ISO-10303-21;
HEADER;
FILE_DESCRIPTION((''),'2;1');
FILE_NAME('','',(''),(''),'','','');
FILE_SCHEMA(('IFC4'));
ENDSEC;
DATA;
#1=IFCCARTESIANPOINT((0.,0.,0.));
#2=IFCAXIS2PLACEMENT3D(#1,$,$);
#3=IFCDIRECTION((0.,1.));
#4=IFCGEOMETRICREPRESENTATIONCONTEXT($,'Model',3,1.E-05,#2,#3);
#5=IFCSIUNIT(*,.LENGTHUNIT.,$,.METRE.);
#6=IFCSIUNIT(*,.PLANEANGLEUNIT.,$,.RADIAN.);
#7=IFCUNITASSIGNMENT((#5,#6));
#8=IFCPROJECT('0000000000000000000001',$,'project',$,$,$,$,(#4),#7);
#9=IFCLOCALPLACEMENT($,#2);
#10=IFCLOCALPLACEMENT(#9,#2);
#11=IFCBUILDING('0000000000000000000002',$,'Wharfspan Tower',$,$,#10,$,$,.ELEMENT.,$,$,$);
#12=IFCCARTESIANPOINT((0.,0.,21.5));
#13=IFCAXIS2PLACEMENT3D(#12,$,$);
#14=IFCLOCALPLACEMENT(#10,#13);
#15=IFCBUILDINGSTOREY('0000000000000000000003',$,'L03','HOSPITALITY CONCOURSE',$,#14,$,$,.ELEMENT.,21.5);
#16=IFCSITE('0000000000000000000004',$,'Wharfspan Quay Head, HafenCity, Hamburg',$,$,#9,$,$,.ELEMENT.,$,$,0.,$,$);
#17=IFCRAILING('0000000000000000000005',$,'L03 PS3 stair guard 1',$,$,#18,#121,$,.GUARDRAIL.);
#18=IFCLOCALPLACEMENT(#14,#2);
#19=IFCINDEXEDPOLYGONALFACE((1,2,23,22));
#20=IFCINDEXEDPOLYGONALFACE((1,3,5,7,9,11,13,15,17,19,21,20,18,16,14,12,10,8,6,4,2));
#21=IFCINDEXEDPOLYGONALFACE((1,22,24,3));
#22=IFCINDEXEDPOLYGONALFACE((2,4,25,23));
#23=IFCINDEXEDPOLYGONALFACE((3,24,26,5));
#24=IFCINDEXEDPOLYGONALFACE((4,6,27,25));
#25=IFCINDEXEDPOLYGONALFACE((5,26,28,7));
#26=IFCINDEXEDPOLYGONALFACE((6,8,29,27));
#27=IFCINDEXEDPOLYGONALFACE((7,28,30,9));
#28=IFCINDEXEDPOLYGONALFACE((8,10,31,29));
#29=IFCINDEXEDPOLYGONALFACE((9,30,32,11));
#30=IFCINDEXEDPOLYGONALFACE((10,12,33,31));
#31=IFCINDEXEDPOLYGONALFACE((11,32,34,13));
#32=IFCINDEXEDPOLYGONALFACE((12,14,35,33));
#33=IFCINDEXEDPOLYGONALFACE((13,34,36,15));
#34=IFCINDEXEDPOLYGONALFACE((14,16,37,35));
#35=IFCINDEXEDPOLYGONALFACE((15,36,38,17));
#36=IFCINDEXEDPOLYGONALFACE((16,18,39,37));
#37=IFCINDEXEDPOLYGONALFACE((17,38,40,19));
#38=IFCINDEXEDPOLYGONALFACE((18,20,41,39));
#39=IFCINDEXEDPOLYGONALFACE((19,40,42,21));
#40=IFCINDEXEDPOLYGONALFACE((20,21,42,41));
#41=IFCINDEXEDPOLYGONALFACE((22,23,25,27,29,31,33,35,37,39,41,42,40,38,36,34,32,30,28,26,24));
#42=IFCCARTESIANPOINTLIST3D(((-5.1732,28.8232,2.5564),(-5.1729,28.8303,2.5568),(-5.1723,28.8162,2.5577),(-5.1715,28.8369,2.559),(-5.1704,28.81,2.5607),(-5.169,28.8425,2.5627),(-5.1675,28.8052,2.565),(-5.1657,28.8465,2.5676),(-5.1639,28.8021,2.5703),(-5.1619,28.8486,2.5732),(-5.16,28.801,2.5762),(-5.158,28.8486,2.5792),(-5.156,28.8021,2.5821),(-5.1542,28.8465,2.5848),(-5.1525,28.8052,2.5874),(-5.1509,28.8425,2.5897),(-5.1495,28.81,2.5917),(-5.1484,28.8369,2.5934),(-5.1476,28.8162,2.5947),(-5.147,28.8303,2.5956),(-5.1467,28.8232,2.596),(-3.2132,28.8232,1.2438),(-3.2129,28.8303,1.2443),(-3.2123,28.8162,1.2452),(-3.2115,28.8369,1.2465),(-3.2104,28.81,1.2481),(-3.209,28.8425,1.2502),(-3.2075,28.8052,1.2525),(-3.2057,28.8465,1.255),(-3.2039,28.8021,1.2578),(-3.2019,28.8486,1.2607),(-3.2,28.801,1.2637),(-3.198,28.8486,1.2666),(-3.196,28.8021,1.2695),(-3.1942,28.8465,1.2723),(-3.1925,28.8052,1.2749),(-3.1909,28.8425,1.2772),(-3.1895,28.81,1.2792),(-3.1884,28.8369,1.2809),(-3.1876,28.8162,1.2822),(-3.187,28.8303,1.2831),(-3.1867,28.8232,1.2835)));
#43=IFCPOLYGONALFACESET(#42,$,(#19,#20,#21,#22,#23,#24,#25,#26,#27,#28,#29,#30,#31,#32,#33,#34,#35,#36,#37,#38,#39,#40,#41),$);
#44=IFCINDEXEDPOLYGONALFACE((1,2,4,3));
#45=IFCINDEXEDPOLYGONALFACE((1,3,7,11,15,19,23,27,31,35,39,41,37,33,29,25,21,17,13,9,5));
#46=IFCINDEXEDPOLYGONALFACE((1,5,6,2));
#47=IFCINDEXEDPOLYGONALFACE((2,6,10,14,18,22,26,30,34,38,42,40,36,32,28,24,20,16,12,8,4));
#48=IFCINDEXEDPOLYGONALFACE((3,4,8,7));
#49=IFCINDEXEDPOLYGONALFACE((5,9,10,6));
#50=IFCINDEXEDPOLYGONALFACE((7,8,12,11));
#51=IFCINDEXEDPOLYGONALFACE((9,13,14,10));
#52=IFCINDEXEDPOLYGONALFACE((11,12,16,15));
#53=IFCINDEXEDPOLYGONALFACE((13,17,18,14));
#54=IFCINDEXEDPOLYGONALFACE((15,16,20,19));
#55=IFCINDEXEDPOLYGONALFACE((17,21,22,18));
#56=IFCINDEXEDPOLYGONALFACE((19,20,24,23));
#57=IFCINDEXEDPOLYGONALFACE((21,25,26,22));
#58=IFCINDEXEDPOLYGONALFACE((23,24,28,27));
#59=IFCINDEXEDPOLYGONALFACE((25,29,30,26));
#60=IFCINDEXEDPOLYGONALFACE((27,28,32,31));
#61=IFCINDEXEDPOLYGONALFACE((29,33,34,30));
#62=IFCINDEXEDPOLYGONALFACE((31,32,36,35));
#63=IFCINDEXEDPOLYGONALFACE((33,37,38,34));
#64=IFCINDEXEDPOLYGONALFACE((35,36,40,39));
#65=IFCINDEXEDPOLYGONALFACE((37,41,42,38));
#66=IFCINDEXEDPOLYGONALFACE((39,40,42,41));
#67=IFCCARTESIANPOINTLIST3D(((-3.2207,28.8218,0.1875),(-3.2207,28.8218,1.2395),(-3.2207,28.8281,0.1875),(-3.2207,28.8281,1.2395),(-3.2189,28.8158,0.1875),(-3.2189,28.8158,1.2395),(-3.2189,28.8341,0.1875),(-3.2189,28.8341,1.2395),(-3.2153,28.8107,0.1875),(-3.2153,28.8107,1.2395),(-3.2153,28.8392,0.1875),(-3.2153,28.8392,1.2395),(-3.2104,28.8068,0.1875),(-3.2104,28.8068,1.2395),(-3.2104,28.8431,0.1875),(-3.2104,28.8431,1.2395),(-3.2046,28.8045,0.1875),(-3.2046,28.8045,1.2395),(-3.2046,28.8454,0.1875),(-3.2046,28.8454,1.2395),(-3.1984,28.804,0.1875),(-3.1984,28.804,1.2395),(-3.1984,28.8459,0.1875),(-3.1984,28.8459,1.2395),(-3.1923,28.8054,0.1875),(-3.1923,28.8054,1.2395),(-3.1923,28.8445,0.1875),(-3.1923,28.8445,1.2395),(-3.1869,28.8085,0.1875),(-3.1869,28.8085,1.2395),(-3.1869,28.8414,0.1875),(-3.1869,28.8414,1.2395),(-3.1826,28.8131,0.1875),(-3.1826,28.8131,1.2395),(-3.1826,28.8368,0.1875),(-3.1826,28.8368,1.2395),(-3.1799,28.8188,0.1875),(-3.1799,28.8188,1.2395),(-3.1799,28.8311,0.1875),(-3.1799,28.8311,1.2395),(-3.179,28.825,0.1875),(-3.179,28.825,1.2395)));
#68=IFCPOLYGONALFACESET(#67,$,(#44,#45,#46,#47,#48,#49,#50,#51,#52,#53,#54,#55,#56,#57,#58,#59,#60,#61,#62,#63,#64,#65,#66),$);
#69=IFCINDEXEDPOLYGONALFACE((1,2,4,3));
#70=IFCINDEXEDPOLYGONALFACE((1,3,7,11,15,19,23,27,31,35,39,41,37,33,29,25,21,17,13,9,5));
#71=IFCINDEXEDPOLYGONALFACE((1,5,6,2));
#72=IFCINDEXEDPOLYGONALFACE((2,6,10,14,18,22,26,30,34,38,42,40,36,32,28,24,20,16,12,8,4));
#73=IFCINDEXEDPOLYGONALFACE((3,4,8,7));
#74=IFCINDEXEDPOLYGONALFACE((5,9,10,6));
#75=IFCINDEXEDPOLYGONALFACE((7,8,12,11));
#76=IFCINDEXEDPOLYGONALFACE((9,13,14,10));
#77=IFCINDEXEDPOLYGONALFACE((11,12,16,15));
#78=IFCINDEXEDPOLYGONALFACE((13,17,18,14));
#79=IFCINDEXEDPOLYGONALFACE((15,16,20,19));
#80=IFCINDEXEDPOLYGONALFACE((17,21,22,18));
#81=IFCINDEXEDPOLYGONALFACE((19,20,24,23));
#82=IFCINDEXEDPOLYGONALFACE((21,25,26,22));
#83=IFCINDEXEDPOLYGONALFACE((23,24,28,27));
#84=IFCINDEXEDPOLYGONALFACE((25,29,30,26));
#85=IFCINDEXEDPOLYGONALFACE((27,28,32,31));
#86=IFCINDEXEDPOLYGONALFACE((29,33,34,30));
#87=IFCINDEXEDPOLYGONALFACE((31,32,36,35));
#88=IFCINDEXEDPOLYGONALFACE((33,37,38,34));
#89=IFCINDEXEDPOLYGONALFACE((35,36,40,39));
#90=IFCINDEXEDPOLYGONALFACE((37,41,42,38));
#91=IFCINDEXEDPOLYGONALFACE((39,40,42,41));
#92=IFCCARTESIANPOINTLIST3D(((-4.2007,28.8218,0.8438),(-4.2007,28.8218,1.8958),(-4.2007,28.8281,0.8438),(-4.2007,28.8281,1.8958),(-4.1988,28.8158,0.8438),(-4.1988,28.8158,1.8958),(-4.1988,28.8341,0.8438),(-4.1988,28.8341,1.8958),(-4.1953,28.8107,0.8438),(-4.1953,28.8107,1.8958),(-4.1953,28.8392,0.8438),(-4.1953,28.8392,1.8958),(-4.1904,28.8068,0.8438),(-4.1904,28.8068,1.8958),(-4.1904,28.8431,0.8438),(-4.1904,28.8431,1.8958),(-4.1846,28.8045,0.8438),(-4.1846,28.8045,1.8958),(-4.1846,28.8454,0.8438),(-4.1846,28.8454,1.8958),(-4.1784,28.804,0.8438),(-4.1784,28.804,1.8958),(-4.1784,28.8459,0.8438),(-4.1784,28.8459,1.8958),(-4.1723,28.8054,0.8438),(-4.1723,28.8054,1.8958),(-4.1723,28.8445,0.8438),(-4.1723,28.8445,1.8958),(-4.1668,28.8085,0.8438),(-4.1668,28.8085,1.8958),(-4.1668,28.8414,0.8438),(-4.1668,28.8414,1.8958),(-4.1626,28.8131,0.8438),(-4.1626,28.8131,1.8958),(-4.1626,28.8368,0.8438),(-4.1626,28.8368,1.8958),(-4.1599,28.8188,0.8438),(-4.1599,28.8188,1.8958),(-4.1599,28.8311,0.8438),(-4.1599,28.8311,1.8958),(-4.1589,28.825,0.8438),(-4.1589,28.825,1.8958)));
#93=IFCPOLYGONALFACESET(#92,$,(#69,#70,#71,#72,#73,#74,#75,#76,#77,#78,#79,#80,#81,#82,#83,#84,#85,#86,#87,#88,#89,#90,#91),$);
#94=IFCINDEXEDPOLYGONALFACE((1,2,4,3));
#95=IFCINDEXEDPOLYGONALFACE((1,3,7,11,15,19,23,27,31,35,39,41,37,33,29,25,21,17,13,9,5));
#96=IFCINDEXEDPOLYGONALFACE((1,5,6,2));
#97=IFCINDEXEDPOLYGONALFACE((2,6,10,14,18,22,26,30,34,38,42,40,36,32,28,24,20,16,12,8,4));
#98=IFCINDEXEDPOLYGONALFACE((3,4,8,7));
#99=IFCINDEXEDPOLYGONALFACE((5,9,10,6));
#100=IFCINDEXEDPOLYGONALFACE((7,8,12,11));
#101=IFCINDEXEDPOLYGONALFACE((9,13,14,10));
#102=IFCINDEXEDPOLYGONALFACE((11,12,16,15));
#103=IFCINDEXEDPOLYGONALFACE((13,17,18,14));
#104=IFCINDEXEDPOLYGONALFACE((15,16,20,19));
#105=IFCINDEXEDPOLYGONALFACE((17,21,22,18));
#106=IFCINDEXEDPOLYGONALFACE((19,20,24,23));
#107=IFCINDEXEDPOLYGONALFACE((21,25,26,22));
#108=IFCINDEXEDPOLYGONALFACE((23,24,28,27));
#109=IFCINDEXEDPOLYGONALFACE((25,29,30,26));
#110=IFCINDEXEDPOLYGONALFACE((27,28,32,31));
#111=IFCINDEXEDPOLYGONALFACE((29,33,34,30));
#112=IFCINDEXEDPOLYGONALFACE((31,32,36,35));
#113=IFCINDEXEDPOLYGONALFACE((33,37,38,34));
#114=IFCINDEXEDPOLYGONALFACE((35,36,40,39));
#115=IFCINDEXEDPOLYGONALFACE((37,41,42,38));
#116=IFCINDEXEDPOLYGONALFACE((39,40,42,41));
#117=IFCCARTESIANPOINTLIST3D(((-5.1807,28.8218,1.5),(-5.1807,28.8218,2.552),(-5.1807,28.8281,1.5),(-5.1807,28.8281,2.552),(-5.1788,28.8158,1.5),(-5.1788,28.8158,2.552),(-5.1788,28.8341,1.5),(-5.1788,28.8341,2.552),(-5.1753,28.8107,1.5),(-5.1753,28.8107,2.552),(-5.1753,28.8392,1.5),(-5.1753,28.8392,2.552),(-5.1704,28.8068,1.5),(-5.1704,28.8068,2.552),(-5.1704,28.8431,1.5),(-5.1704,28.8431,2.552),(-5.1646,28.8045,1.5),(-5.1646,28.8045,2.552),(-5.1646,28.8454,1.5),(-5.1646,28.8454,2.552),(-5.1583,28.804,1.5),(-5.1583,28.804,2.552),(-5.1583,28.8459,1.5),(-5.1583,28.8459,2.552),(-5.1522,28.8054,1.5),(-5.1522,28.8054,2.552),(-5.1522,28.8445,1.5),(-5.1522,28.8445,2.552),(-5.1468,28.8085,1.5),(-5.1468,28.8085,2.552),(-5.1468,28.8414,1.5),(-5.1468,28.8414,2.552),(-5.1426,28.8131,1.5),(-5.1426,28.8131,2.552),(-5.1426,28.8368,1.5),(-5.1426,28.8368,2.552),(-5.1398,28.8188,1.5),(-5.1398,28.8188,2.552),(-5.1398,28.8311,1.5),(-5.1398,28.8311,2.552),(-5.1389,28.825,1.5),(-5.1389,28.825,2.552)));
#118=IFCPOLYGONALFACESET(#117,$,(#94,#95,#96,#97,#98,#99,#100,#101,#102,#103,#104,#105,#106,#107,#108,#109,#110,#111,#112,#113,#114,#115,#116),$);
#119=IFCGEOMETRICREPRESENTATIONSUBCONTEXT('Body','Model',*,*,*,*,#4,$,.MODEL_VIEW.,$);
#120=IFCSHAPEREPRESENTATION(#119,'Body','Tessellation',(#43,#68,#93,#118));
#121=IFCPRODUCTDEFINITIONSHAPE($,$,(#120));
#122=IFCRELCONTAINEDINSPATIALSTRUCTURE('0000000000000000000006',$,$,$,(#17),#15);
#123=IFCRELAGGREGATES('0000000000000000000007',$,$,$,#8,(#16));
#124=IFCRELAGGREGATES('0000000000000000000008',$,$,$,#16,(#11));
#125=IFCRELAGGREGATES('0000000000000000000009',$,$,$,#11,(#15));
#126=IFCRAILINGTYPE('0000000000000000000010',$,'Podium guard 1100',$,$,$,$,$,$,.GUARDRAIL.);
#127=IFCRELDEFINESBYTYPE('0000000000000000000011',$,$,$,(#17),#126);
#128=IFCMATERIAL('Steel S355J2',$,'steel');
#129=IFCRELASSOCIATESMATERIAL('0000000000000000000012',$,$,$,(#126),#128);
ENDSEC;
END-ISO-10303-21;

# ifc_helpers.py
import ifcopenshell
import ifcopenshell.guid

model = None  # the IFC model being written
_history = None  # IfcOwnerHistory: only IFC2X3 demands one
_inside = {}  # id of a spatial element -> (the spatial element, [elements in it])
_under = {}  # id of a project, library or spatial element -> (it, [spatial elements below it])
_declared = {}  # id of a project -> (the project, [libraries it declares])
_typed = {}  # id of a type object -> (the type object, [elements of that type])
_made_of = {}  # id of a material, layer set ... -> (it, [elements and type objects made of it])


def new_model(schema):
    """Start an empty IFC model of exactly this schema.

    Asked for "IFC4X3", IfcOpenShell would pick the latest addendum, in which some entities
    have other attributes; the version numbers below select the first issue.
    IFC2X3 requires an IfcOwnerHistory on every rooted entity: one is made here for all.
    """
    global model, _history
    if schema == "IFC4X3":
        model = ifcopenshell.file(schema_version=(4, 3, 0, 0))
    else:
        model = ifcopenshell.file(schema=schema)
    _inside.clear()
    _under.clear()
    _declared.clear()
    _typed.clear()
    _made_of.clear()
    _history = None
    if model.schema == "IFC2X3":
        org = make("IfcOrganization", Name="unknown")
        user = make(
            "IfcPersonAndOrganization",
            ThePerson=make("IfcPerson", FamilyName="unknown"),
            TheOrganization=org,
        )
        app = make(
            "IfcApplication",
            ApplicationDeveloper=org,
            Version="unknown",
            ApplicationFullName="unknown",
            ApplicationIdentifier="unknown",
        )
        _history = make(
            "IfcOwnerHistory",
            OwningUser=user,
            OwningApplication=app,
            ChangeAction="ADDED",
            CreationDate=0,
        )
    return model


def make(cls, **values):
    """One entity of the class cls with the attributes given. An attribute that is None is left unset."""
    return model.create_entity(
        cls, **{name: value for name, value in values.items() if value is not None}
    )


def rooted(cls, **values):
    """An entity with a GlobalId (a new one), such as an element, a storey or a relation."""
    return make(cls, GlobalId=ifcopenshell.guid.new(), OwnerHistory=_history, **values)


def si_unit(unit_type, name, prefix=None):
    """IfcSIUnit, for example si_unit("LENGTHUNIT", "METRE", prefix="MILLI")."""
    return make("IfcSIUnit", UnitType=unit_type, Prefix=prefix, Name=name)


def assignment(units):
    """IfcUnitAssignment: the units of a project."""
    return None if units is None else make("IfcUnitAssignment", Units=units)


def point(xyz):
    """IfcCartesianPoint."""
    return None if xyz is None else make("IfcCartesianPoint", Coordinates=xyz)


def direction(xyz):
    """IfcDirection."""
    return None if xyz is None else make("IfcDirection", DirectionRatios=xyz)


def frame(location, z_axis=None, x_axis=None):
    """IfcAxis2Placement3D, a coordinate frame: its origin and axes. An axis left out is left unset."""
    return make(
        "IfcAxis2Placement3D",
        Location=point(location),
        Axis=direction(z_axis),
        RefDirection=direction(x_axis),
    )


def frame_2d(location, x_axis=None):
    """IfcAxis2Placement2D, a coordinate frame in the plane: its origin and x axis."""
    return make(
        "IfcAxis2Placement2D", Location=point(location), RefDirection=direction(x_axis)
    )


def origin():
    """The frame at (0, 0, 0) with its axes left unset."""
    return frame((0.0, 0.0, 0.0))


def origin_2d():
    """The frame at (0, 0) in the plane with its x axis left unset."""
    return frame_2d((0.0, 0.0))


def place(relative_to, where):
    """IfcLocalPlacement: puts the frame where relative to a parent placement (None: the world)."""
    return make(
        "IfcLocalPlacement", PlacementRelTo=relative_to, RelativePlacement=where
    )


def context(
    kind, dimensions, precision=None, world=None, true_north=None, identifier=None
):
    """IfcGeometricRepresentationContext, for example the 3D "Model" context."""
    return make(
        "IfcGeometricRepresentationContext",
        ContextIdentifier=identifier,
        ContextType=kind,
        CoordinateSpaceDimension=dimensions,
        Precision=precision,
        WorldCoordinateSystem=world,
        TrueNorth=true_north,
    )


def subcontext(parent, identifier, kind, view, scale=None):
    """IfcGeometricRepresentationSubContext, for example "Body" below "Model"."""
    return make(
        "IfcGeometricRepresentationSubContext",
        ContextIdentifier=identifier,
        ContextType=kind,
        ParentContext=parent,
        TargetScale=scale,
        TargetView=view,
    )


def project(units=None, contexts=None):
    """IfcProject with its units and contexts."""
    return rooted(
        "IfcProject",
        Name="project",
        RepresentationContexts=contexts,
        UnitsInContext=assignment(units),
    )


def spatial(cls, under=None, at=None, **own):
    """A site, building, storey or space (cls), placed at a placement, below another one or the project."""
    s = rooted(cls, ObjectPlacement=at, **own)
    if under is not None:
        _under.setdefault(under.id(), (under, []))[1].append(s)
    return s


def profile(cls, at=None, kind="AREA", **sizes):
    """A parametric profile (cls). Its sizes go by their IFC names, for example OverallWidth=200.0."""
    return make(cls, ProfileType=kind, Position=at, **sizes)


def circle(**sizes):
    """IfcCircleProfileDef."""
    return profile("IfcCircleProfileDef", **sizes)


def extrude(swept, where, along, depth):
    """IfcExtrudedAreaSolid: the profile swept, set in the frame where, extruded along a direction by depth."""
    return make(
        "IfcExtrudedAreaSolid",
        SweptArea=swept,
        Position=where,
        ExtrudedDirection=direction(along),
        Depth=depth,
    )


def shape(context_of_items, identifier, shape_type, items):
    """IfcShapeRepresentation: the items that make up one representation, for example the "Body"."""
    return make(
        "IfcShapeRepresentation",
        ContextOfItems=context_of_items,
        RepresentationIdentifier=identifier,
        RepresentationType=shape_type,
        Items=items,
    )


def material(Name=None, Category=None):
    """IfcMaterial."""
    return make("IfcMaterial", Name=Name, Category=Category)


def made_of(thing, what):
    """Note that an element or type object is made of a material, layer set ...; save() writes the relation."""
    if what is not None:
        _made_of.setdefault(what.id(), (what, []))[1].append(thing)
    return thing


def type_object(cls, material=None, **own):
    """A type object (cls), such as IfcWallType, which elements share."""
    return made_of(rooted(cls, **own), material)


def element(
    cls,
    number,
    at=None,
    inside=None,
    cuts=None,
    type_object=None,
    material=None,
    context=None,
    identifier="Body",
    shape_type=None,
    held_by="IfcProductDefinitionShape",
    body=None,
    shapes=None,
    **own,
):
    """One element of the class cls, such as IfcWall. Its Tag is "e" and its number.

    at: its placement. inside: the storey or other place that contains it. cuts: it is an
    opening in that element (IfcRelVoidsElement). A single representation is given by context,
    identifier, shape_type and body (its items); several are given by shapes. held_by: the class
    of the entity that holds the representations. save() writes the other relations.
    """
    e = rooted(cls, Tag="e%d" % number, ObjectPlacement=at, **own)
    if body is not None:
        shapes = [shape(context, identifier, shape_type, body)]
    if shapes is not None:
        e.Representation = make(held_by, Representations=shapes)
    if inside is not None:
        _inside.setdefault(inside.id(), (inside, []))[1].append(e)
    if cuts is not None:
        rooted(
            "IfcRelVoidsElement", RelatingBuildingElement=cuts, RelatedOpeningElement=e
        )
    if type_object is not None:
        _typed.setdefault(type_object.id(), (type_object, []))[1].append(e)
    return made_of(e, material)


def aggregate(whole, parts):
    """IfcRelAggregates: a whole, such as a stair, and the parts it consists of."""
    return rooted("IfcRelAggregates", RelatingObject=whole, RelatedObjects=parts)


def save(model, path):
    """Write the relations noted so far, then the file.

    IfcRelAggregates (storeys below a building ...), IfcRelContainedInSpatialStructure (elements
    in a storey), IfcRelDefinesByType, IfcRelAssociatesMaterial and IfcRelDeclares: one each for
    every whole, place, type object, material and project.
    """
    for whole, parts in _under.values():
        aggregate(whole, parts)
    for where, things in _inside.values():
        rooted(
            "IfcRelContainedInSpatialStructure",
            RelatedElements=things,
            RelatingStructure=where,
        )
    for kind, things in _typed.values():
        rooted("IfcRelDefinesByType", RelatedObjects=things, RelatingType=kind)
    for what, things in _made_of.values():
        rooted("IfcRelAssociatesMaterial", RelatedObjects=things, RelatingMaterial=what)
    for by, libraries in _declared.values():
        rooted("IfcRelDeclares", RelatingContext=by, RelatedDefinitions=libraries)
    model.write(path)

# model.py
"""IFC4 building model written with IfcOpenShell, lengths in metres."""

from ifc_helpers import new_model, si_unit, direction, frame, origin, origin_2d, place, context, subcontext, project, spatial, circle, extrude, material, type_object, element, save


model = new_model("IFC4")

# Units and contexts
model_context = context("Model", 3, precision=1e-05, world=origin(), true_north=direction((0.0, 1.0)))
body_context = subcontext(model_context, "Body", "Model", "MODEL_VIEW")
ifc_project = project(units=[si_unit("LENGTHUNIT", "METRE"), si_unit("PLANEANGLEUNIT", "RADIAN")], contexts=[model_context])

# Site, building, storey
site_placement = place(None, origin())
site = spatial("IfcSite", under=ifc_project, at=site_placement, Name="Wharfspan Quay Head, HafenCity, Hamburg", CompositionType="ELEMENT", RefElevation=0.0)
building_placement = place(site_placement, origin())
building = spatial("IfcBuilding", under=site, at=building_placement, Name="Wharfspan Tower", CompositionType="ELEMENT")
storey_placement = place(building_placement, frame((0.0, 0.0, 21.5)))
storey = spatial("IfcBuildingStorey", under=building, at=storey_placement, Name="L03", Description="HOSPITALITY CONCOURSE", CompositionType="ELEMENT", Elevation=21.5)

# Railing
ifc_material_1 = material(Name="Steel S355J2", Category="steel")
railing_type_1 = type_object("IfcRailingType", Name="Podium guard 1100", PredefinedType="GUARDRAIL", material=ifc_material_1)
railing_1_placement = place(storey_placement, frame((-3.2, 28.825, 0.1875)))
element("IfcRailing", 1, at=railing_1_placement, inside=storey, type_object=railing_type_1, Name="L03 PS3 stair guard 1", PredefinedType="GUARDRAIL", context=body_context, shape_type="SweptSolid", body=[
    extrude(circle(Radius=0.0239, at=origin_2d()), frame((0.0, 0.0, 1.0762), z_axis=(-0.830902, 0.0, 0.556419), x_axis=(0.0, -1.0, 0.0)), (0.0, 0.0, 1.0), 2.3589),
    extrude(circle(Radius=0.021, at=origin_2d()), origin(), (0.0, 0.0, 1.0), 1.052),
    extrude(circle(Radius=0.021, at=origin_2d()), frame((-0.98, 0.0, 0.6562)), (0.0, 0.0, 1.0), 1.052),
    extrude(circle(Radius=0.021, at=origin_2d()), frame((-1.96, 0.0, 1.3125)), (0.0, 0.0, 1.0), 1.052),
])

save(model, "model.ifc")
